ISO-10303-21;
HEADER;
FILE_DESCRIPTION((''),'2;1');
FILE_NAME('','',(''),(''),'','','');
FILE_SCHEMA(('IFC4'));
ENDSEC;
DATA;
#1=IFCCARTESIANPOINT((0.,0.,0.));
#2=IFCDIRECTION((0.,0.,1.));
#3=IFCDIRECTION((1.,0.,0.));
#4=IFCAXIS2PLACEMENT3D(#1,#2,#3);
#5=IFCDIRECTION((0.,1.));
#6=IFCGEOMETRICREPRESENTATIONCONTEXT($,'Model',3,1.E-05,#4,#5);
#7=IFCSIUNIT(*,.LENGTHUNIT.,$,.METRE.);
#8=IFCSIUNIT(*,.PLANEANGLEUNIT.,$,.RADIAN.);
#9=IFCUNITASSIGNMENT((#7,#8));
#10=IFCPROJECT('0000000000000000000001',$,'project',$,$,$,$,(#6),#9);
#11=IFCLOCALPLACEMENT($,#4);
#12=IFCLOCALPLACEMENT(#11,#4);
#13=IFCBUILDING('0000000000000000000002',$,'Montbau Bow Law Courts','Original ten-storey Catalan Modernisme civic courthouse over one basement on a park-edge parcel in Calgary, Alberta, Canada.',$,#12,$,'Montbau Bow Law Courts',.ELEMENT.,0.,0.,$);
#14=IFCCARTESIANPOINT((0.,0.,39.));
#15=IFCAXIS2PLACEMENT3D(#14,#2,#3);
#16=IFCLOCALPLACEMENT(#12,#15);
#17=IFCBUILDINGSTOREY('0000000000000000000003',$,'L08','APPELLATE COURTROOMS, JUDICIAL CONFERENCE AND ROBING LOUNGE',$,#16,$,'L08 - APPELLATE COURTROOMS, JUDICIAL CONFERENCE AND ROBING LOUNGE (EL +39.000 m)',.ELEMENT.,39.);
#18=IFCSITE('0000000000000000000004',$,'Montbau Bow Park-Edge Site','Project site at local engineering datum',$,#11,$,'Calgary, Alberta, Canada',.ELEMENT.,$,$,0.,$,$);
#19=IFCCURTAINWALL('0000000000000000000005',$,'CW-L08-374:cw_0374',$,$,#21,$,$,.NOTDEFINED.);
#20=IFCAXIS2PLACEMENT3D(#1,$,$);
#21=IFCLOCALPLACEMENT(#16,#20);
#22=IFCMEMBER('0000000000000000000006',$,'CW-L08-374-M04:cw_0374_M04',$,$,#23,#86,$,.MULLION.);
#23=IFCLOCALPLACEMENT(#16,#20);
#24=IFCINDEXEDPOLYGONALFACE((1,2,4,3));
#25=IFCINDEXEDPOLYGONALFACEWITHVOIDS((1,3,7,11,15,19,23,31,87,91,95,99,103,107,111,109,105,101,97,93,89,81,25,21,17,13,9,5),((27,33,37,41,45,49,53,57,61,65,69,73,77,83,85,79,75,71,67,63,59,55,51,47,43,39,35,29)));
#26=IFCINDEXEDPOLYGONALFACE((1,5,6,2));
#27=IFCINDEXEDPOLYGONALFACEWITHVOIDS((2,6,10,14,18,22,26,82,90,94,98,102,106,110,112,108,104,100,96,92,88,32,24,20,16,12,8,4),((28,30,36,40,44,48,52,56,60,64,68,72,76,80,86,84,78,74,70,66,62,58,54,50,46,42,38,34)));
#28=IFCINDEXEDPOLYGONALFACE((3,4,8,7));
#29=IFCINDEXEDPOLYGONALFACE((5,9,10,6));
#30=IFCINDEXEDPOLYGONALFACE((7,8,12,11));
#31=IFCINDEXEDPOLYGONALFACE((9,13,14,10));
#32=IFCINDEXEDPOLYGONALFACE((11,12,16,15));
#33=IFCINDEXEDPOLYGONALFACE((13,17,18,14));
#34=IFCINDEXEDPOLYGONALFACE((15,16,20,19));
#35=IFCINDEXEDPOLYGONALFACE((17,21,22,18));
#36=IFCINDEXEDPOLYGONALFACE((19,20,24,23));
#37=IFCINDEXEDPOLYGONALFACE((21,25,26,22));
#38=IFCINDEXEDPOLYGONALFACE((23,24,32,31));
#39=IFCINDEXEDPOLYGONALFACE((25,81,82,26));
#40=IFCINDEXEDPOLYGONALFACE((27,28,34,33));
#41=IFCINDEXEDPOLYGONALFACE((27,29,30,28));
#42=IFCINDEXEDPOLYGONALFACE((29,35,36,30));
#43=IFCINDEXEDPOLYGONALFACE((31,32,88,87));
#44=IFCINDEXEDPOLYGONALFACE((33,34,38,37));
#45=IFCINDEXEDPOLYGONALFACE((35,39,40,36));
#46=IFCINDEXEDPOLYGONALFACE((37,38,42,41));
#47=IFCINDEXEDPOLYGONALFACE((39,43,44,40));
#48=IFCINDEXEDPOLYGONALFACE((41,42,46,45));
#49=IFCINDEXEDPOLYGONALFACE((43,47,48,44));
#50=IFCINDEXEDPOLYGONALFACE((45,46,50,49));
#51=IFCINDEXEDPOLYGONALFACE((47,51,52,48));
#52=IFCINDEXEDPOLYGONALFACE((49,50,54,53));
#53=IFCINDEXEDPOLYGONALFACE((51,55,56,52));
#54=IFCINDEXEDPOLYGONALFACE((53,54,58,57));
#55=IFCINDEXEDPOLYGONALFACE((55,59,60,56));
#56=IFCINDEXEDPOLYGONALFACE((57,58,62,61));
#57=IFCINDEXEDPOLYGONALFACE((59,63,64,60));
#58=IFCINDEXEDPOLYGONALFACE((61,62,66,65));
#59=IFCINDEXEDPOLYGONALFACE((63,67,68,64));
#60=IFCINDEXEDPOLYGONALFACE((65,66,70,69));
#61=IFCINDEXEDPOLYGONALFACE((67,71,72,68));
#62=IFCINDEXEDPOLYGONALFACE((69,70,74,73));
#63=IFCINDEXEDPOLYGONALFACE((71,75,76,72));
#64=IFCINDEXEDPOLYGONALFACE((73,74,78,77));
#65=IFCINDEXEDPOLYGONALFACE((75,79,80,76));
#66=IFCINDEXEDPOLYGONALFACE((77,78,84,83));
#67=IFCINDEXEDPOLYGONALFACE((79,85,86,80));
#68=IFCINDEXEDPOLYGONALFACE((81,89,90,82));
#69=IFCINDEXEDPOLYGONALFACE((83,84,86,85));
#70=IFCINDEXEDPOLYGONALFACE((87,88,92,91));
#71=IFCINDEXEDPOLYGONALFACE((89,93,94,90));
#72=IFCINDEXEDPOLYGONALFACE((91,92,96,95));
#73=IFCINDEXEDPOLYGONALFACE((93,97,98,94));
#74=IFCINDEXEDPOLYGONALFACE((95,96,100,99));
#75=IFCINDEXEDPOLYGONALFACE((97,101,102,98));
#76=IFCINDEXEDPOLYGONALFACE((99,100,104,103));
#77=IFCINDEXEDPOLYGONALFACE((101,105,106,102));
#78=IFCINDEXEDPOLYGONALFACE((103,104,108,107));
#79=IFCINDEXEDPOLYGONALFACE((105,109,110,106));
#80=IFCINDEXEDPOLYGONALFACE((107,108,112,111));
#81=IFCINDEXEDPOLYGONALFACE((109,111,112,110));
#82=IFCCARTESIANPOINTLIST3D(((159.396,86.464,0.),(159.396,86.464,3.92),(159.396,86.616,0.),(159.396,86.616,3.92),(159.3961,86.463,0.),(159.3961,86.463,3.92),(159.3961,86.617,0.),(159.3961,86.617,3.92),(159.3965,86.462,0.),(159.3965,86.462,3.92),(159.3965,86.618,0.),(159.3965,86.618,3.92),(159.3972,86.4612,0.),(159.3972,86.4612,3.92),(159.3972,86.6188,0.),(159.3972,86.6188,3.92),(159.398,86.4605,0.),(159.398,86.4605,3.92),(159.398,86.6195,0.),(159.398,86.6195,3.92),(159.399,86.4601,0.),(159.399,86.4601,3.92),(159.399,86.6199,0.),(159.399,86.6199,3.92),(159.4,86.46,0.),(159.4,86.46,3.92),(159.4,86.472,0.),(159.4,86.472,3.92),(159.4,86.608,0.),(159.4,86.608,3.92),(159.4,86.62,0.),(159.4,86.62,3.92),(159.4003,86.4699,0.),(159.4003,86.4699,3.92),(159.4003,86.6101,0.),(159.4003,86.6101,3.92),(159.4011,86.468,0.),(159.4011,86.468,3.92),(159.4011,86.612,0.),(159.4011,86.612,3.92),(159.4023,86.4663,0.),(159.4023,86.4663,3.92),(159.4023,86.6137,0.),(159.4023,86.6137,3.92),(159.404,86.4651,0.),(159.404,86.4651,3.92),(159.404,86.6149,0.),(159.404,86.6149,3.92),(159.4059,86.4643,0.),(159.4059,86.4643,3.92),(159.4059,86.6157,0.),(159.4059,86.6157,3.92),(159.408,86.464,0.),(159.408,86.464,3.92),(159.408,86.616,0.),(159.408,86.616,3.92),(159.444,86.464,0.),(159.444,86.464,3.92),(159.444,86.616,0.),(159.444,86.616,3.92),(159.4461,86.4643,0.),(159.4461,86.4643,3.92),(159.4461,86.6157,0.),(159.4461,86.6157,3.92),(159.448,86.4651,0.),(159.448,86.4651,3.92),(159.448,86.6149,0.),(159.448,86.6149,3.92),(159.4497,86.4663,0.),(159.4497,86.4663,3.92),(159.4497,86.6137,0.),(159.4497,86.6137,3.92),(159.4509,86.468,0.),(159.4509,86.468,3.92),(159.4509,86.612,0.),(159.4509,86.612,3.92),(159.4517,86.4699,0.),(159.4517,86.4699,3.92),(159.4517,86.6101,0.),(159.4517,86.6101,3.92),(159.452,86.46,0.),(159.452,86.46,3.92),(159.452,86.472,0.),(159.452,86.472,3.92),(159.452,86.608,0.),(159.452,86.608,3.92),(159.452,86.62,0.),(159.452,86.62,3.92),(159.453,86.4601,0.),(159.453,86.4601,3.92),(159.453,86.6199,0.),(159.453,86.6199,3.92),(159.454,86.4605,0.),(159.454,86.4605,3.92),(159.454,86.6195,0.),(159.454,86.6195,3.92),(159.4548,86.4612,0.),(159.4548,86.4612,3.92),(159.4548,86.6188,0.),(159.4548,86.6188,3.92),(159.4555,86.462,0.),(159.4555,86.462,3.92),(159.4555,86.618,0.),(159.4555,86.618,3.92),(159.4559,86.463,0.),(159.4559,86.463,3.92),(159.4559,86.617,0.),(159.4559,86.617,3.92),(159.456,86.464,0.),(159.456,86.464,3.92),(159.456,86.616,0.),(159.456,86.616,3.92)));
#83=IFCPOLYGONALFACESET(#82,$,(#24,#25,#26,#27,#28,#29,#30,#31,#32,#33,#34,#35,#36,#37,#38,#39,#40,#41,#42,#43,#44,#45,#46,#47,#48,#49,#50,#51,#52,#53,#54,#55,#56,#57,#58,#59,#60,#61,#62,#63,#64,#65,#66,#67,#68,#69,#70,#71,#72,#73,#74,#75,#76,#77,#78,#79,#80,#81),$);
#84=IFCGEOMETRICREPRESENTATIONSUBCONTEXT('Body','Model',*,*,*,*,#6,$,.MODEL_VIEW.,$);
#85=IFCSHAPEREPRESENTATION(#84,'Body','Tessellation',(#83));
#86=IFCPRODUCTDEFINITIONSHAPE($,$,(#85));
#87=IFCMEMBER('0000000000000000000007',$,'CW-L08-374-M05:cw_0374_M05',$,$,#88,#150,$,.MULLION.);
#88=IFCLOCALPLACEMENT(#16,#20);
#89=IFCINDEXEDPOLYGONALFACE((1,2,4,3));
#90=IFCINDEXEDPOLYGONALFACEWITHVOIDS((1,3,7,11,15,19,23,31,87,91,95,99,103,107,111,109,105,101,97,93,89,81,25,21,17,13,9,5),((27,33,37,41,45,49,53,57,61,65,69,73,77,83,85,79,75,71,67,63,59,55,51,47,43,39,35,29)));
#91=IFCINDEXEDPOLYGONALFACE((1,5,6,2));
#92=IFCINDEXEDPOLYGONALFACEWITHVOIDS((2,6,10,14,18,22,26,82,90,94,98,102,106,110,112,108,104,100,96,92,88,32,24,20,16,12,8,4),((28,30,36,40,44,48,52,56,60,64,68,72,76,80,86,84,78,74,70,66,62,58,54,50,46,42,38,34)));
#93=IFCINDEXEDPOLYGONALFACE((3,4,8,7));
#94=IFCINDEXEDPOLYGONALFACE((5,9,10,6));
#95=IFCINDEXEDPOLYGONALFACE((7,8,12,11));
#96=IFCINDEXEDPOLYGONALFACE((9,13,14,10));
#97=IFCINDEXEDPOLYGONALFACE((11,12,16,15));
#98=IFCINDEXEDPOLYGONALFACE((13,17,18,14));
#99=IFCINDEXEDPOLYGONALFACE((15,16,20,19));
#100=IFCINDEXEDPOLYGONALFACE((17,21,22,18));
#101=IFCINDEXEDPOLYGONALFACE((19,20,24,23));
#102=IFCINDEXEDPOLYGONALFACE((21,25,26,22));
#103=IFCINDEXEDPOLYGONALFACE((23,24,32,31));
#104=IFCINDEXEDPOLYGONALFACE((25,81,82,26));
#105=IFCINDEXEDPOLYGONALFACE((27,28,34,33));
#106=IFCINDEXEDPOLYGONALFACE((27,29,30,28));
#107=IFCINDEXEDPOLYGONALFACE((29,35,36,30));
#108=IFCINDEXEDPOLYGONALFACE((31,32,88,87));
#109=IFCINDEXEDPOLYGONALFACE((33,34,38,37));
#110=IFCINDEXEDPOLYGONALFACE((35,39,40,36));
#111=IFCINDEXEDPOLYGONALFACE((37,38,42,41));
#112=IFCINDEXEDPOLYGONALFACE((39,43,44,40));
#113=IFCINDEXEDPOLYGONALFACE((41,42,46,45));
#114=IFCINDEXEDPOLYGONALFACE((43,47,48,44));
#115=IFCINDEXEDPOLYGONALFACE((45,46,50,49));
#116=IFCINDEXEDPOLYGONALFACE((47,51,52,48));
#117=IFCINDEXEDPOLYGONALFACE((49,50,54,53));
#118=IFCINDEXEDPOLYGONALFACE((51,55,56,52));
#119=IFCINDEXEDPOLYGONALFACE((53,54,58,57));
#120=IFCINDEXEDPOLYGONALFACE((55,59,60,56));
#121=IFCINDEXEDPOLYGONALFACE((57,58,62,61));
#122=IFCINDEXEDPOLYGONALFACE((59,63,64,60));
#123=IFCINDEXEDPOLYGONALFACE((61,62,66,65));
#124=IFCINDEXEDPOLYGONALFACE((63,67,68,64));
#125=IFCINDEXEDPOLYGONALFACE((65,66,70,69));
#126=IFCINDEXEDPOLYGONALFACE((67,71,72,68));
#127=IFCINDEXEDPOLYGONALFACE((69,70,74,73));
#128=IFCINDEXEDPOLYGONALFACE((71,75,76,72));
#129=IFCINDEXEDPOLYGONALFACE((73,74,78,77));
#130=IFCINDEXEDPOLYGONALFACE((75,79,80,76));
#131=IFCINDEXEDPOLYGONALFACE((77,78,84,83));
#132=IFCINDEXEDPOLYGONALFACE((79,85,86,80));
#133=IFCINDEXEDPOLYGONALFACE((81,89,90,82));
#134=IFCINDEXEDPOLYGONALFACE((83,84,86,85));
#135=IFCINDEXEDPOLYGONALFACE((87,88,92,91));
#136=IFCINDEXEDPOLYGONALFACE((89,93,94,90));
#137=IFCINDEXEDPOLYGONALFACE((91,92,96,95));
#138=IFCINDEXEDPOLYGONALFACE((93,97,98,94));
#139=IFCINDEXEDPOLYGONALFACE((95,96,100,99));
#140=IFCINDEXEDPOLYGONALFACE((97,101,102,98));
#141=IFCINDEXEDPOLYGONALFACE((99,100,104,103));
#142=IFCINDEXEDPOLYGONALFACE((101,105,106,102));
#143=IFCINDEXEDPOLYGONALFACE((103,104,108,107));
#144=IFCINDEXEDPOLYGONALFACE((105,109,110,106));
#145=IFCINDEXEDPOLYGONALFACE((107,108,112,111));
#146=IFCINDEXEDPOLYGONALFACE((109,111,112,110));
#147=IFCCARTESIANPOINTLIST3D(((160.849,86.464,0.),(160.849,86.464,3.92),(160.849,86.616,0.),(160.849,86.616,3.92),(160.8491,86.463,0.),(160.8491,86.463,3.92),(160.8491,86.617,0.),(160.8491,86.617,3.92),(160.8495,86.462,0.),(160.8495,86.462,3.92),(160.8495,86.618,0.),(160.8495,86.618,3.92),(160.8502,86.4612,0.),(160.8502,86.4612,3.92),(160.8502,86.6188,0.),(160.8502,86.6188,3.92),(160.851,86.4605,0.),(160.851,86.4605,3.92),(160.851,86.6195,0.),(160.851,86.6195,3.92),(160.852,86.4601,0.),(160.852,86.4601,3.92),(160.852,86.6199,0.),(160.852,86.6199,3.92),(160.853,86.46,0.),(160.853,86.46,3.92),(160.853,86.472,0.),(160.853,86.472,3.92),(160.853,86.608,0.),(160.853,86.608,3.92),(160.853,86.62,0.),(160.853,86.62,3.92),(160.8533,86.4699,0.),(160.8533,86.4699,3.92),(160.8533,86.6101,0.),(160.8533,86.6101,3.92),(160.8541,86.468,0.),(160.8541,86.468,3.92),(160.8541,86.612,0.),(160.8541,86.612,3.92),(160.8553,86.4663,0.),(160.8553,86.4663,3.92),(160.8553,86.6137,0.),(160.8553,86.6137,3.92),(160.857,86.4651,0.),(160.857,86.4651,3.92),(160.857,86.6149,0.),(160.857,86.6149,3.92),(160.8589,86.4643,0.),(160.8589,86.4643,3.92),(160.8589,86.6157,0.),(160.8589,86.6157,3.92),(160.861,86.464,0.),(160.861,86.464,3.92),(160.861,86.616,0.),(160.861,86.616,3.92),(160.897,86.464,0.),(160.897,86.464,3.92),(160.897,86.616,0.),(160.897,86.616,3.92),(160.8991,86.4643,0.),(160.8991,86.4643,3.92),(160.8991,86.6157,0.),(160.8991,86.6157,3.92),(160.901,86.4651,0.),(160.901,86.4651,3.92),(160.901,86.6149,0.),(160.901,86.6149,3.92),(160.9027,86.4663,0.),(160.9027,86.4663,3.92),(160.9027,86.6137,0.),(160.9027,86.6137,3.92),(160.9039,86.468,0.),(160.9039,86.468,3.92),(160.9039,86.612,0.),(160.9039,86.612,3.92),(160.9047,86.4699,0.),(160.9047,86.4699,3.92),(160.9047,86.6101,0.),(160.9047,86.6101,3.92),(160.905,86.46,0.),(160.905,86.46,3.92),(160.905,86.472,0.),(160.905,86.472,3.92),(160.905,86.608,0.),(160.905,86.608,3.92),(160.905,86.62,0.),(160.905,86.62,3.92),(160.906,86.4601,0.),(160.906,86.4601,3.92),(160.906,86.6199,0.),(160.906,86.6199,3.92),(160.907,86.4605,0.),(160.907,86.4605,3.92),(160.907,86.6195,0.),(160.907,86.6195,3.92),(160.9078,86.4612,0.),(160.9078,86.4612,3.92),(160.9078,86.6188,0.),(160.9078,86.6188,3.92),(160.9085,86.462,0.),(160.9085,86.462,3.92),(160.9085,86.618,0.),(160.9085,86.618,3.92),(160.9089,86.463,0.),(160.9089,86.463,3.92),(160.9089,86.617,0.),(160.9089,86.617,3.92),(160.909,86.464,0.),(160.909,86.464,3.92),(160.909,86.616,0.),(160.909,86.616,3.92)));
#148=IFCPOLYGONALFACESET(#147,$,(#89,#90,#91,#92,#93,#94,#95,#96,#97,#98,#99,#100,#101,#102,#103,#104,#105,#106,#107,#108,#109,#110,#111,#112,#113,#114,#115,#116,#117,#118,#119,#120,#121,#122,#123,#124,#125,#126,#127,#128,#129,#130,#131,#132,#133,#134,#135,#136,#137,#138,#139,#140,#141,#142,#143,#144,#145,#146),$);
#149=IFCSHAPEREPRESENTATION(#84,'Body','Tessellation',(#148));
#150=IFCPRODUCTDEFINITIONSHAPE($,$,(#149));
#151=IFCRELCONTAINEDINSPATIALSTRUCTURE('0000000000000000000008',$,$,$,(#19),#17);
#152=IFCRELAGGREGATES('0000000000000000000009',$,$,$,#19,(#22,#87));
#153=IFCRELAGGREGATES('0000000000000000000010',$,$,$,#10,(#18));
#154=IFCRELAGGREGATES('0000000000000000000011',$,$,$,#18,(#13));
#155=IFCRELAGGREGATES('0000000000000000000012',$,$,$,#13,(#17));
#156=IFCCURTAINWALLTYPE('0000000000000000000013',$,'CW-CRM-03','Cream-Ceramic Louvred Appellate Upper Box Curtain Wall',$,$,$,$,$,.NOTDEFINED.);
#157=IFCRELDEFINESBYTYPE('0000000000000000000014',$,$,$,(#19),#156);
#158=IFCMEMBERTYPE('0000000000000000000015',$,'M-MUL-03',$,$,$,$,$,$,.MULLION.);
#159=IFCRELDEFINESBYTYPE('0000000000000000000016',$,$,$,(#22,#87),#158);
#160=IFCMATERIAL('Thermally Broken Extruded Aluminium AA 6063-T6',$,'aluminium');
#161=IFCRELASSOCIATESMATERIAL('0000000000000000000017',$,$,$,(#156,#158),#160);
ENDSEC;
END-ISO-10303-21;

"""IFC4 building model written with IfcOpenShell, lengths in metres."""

from ifc_helpers import new_model, si_unit, direction, frame, origin_with_axes, origin_2d_with_axis, place, context, subcontext, project, spatial, hollow_rectangle, extrude, material, material_profile, profile_set, type_object, element, aggregate, save


model = new_model("IFC4")

# Units and contexts
model_context = context("Model", 3, precision=1e-05, world=origin_with_axes(), true_north=direction((0.0, 1.0)))
body_context = subcontext(model_context, "Body", "Model", "MODEL_VIEW")
ifc_project = project(units=[si_unit("LENGTHUNIT", "METRE"), si_unit("PLANEANGLEUNIT", "RADIAN")], contexts=[model_context])

# Site, building, storey
site_placement = place(None, origin_with_axes())
site = spatial("IfcSite", under=ifc_project, at=site_placement, Name="Montbau Bow Park-Edge Site", Description="Project site at local engineering datum", LongName="Calgary, Alberta, Canada", CompositionType="ELEMENT", RefElevation=0.0)
building_placement = place(site_placement, origin_with_axes())
building = spatial("IfcBuilding", under=site, at=building_placement, Name="Montbau Bow Law Courts", Description="Original ten-storey Catalan Modernisme civic courthouse over one basement on a park-edge parcel in Calgary, Alberta, Canada.", LongName="Montbau Bow Law Courts", CompositionType="ELEMENT", ElevationOfRefHeight=0.0, ElevationOfTerrain=0.0)
storey_placement = place(building_placement, frame((0.0, 0.0, 39.0), z_axis=(0.0, 0.0, 1.0), x_axis=(1.0, 0.0, 0.0)))
storey = spatial("IfcBuildingStorey", under=building, at=storey_placement, Name="L08", Description="APPELLATE COURTROOMS, JUDICIAL CONFERENCE AND ROBING LOUNGE", LongName="L08 - APPELLATE COURTROOMS, JUDICIAL CONFERENCE AND ROBING LOUNGE (EL +39.000 m)", CompositionType="ELEMENT", Elevation=39.0)

# Curtain wall, members
ifc_material_1 = material(Name="Thermally Broken Extruded Aluminium AA 6063-T6", Category="aluminium")
curtain_wall_type = type_object("IfcCurtainWallType", Name="CW-CRM-03", Description="Cream-Ceramic Louvred Appellate Upper Box Curtain Wall", PredefinedType="NOTDEFINED", material=ifc_material_1)
curtain_wall_placement = place(None, frame((155.068, 86.54, 39.0), z_axis=(0.0, 0.0, 1.0), x_axis=(1.0, 0.0, 0.0)))
curtain_wall = element("IfcCurtainWall", 1, at=curtain_wall_placement, inside=storey, type_object=curtain_wall_type, Name="CW-L08-374:cw_0374", PredefinedType="NOTDEFINED")
ifc_material_profile_1 = material_profile(ifc_material_1, hollow_rectangle(XDim=0.06, YDim=0.16, WallThickness=0.004, InnerFilletRadius=0.008, OuterFilletRadius=0.004, at=origin_2d_with_axis()), Name="CWM-160X60", Category="Main", Priority=0)
ifc_profile_set_1 = profile_set([ifc_material_profile_1], Name="Thermally Broken Extruded Aluminium AA 6063-T6")
member_type_1 = type_object("IfcMemberType", Name="M-MUL-03", PredefinedType="MULLION", material=ifc_profile_set_1)
member_1_placement = place(None, frame((159.426, 86.54, 39.0), z_axis=(0.0, 0.0, 1.0), x_axis=(1.0, 0.0, 0.0)))
member_1 = element("IfcMember", 2, at=member_1_placement, type_object=member_type_1, Name="CW-L08-374-M04:cw_0374_M04", PredefinedType="MULLION", context=body_context, shape_type="SweptSolid", body=[
    extrude(hollow_rectangle(XDim=0.06, YDim=0.16, WallThickness=0.004, InnerFilletRadius=0.008, OuterFilletRadius=0.004, at=origin_2d_with_axis()), origin_with_axes(), (0.0, 0.0, 1.0), 3.92),
])
member_2_placement = place(None, frame((160.879, 86.54, 39.0), z_axis=(0.0, 0.0, 1.0), x_axis=(1.0, 0.0, 0.0)))
member_2 = element("IfcMember", 3, at=member_2_placement, type_object=member_type_1, Name="CW-L08-374-M05:cw_0374_M05", PredefinedType="MULLION", context=body_context, shape_type="SweptSolid", body=[
    extrude(hollow_rectangle(XDim=0.06, YDim=0.16, WallThickness=0.004, InnerFilletRadius=0.008, OuterFilletRadius=0.004, at=origin_2d_with_axis()), origin_with_axes(), (0.0, 0.0, 1.0), 3.92),
])
aggregate(curtain_wall, [member_1, member_2])

save(model, "model.ifc")
